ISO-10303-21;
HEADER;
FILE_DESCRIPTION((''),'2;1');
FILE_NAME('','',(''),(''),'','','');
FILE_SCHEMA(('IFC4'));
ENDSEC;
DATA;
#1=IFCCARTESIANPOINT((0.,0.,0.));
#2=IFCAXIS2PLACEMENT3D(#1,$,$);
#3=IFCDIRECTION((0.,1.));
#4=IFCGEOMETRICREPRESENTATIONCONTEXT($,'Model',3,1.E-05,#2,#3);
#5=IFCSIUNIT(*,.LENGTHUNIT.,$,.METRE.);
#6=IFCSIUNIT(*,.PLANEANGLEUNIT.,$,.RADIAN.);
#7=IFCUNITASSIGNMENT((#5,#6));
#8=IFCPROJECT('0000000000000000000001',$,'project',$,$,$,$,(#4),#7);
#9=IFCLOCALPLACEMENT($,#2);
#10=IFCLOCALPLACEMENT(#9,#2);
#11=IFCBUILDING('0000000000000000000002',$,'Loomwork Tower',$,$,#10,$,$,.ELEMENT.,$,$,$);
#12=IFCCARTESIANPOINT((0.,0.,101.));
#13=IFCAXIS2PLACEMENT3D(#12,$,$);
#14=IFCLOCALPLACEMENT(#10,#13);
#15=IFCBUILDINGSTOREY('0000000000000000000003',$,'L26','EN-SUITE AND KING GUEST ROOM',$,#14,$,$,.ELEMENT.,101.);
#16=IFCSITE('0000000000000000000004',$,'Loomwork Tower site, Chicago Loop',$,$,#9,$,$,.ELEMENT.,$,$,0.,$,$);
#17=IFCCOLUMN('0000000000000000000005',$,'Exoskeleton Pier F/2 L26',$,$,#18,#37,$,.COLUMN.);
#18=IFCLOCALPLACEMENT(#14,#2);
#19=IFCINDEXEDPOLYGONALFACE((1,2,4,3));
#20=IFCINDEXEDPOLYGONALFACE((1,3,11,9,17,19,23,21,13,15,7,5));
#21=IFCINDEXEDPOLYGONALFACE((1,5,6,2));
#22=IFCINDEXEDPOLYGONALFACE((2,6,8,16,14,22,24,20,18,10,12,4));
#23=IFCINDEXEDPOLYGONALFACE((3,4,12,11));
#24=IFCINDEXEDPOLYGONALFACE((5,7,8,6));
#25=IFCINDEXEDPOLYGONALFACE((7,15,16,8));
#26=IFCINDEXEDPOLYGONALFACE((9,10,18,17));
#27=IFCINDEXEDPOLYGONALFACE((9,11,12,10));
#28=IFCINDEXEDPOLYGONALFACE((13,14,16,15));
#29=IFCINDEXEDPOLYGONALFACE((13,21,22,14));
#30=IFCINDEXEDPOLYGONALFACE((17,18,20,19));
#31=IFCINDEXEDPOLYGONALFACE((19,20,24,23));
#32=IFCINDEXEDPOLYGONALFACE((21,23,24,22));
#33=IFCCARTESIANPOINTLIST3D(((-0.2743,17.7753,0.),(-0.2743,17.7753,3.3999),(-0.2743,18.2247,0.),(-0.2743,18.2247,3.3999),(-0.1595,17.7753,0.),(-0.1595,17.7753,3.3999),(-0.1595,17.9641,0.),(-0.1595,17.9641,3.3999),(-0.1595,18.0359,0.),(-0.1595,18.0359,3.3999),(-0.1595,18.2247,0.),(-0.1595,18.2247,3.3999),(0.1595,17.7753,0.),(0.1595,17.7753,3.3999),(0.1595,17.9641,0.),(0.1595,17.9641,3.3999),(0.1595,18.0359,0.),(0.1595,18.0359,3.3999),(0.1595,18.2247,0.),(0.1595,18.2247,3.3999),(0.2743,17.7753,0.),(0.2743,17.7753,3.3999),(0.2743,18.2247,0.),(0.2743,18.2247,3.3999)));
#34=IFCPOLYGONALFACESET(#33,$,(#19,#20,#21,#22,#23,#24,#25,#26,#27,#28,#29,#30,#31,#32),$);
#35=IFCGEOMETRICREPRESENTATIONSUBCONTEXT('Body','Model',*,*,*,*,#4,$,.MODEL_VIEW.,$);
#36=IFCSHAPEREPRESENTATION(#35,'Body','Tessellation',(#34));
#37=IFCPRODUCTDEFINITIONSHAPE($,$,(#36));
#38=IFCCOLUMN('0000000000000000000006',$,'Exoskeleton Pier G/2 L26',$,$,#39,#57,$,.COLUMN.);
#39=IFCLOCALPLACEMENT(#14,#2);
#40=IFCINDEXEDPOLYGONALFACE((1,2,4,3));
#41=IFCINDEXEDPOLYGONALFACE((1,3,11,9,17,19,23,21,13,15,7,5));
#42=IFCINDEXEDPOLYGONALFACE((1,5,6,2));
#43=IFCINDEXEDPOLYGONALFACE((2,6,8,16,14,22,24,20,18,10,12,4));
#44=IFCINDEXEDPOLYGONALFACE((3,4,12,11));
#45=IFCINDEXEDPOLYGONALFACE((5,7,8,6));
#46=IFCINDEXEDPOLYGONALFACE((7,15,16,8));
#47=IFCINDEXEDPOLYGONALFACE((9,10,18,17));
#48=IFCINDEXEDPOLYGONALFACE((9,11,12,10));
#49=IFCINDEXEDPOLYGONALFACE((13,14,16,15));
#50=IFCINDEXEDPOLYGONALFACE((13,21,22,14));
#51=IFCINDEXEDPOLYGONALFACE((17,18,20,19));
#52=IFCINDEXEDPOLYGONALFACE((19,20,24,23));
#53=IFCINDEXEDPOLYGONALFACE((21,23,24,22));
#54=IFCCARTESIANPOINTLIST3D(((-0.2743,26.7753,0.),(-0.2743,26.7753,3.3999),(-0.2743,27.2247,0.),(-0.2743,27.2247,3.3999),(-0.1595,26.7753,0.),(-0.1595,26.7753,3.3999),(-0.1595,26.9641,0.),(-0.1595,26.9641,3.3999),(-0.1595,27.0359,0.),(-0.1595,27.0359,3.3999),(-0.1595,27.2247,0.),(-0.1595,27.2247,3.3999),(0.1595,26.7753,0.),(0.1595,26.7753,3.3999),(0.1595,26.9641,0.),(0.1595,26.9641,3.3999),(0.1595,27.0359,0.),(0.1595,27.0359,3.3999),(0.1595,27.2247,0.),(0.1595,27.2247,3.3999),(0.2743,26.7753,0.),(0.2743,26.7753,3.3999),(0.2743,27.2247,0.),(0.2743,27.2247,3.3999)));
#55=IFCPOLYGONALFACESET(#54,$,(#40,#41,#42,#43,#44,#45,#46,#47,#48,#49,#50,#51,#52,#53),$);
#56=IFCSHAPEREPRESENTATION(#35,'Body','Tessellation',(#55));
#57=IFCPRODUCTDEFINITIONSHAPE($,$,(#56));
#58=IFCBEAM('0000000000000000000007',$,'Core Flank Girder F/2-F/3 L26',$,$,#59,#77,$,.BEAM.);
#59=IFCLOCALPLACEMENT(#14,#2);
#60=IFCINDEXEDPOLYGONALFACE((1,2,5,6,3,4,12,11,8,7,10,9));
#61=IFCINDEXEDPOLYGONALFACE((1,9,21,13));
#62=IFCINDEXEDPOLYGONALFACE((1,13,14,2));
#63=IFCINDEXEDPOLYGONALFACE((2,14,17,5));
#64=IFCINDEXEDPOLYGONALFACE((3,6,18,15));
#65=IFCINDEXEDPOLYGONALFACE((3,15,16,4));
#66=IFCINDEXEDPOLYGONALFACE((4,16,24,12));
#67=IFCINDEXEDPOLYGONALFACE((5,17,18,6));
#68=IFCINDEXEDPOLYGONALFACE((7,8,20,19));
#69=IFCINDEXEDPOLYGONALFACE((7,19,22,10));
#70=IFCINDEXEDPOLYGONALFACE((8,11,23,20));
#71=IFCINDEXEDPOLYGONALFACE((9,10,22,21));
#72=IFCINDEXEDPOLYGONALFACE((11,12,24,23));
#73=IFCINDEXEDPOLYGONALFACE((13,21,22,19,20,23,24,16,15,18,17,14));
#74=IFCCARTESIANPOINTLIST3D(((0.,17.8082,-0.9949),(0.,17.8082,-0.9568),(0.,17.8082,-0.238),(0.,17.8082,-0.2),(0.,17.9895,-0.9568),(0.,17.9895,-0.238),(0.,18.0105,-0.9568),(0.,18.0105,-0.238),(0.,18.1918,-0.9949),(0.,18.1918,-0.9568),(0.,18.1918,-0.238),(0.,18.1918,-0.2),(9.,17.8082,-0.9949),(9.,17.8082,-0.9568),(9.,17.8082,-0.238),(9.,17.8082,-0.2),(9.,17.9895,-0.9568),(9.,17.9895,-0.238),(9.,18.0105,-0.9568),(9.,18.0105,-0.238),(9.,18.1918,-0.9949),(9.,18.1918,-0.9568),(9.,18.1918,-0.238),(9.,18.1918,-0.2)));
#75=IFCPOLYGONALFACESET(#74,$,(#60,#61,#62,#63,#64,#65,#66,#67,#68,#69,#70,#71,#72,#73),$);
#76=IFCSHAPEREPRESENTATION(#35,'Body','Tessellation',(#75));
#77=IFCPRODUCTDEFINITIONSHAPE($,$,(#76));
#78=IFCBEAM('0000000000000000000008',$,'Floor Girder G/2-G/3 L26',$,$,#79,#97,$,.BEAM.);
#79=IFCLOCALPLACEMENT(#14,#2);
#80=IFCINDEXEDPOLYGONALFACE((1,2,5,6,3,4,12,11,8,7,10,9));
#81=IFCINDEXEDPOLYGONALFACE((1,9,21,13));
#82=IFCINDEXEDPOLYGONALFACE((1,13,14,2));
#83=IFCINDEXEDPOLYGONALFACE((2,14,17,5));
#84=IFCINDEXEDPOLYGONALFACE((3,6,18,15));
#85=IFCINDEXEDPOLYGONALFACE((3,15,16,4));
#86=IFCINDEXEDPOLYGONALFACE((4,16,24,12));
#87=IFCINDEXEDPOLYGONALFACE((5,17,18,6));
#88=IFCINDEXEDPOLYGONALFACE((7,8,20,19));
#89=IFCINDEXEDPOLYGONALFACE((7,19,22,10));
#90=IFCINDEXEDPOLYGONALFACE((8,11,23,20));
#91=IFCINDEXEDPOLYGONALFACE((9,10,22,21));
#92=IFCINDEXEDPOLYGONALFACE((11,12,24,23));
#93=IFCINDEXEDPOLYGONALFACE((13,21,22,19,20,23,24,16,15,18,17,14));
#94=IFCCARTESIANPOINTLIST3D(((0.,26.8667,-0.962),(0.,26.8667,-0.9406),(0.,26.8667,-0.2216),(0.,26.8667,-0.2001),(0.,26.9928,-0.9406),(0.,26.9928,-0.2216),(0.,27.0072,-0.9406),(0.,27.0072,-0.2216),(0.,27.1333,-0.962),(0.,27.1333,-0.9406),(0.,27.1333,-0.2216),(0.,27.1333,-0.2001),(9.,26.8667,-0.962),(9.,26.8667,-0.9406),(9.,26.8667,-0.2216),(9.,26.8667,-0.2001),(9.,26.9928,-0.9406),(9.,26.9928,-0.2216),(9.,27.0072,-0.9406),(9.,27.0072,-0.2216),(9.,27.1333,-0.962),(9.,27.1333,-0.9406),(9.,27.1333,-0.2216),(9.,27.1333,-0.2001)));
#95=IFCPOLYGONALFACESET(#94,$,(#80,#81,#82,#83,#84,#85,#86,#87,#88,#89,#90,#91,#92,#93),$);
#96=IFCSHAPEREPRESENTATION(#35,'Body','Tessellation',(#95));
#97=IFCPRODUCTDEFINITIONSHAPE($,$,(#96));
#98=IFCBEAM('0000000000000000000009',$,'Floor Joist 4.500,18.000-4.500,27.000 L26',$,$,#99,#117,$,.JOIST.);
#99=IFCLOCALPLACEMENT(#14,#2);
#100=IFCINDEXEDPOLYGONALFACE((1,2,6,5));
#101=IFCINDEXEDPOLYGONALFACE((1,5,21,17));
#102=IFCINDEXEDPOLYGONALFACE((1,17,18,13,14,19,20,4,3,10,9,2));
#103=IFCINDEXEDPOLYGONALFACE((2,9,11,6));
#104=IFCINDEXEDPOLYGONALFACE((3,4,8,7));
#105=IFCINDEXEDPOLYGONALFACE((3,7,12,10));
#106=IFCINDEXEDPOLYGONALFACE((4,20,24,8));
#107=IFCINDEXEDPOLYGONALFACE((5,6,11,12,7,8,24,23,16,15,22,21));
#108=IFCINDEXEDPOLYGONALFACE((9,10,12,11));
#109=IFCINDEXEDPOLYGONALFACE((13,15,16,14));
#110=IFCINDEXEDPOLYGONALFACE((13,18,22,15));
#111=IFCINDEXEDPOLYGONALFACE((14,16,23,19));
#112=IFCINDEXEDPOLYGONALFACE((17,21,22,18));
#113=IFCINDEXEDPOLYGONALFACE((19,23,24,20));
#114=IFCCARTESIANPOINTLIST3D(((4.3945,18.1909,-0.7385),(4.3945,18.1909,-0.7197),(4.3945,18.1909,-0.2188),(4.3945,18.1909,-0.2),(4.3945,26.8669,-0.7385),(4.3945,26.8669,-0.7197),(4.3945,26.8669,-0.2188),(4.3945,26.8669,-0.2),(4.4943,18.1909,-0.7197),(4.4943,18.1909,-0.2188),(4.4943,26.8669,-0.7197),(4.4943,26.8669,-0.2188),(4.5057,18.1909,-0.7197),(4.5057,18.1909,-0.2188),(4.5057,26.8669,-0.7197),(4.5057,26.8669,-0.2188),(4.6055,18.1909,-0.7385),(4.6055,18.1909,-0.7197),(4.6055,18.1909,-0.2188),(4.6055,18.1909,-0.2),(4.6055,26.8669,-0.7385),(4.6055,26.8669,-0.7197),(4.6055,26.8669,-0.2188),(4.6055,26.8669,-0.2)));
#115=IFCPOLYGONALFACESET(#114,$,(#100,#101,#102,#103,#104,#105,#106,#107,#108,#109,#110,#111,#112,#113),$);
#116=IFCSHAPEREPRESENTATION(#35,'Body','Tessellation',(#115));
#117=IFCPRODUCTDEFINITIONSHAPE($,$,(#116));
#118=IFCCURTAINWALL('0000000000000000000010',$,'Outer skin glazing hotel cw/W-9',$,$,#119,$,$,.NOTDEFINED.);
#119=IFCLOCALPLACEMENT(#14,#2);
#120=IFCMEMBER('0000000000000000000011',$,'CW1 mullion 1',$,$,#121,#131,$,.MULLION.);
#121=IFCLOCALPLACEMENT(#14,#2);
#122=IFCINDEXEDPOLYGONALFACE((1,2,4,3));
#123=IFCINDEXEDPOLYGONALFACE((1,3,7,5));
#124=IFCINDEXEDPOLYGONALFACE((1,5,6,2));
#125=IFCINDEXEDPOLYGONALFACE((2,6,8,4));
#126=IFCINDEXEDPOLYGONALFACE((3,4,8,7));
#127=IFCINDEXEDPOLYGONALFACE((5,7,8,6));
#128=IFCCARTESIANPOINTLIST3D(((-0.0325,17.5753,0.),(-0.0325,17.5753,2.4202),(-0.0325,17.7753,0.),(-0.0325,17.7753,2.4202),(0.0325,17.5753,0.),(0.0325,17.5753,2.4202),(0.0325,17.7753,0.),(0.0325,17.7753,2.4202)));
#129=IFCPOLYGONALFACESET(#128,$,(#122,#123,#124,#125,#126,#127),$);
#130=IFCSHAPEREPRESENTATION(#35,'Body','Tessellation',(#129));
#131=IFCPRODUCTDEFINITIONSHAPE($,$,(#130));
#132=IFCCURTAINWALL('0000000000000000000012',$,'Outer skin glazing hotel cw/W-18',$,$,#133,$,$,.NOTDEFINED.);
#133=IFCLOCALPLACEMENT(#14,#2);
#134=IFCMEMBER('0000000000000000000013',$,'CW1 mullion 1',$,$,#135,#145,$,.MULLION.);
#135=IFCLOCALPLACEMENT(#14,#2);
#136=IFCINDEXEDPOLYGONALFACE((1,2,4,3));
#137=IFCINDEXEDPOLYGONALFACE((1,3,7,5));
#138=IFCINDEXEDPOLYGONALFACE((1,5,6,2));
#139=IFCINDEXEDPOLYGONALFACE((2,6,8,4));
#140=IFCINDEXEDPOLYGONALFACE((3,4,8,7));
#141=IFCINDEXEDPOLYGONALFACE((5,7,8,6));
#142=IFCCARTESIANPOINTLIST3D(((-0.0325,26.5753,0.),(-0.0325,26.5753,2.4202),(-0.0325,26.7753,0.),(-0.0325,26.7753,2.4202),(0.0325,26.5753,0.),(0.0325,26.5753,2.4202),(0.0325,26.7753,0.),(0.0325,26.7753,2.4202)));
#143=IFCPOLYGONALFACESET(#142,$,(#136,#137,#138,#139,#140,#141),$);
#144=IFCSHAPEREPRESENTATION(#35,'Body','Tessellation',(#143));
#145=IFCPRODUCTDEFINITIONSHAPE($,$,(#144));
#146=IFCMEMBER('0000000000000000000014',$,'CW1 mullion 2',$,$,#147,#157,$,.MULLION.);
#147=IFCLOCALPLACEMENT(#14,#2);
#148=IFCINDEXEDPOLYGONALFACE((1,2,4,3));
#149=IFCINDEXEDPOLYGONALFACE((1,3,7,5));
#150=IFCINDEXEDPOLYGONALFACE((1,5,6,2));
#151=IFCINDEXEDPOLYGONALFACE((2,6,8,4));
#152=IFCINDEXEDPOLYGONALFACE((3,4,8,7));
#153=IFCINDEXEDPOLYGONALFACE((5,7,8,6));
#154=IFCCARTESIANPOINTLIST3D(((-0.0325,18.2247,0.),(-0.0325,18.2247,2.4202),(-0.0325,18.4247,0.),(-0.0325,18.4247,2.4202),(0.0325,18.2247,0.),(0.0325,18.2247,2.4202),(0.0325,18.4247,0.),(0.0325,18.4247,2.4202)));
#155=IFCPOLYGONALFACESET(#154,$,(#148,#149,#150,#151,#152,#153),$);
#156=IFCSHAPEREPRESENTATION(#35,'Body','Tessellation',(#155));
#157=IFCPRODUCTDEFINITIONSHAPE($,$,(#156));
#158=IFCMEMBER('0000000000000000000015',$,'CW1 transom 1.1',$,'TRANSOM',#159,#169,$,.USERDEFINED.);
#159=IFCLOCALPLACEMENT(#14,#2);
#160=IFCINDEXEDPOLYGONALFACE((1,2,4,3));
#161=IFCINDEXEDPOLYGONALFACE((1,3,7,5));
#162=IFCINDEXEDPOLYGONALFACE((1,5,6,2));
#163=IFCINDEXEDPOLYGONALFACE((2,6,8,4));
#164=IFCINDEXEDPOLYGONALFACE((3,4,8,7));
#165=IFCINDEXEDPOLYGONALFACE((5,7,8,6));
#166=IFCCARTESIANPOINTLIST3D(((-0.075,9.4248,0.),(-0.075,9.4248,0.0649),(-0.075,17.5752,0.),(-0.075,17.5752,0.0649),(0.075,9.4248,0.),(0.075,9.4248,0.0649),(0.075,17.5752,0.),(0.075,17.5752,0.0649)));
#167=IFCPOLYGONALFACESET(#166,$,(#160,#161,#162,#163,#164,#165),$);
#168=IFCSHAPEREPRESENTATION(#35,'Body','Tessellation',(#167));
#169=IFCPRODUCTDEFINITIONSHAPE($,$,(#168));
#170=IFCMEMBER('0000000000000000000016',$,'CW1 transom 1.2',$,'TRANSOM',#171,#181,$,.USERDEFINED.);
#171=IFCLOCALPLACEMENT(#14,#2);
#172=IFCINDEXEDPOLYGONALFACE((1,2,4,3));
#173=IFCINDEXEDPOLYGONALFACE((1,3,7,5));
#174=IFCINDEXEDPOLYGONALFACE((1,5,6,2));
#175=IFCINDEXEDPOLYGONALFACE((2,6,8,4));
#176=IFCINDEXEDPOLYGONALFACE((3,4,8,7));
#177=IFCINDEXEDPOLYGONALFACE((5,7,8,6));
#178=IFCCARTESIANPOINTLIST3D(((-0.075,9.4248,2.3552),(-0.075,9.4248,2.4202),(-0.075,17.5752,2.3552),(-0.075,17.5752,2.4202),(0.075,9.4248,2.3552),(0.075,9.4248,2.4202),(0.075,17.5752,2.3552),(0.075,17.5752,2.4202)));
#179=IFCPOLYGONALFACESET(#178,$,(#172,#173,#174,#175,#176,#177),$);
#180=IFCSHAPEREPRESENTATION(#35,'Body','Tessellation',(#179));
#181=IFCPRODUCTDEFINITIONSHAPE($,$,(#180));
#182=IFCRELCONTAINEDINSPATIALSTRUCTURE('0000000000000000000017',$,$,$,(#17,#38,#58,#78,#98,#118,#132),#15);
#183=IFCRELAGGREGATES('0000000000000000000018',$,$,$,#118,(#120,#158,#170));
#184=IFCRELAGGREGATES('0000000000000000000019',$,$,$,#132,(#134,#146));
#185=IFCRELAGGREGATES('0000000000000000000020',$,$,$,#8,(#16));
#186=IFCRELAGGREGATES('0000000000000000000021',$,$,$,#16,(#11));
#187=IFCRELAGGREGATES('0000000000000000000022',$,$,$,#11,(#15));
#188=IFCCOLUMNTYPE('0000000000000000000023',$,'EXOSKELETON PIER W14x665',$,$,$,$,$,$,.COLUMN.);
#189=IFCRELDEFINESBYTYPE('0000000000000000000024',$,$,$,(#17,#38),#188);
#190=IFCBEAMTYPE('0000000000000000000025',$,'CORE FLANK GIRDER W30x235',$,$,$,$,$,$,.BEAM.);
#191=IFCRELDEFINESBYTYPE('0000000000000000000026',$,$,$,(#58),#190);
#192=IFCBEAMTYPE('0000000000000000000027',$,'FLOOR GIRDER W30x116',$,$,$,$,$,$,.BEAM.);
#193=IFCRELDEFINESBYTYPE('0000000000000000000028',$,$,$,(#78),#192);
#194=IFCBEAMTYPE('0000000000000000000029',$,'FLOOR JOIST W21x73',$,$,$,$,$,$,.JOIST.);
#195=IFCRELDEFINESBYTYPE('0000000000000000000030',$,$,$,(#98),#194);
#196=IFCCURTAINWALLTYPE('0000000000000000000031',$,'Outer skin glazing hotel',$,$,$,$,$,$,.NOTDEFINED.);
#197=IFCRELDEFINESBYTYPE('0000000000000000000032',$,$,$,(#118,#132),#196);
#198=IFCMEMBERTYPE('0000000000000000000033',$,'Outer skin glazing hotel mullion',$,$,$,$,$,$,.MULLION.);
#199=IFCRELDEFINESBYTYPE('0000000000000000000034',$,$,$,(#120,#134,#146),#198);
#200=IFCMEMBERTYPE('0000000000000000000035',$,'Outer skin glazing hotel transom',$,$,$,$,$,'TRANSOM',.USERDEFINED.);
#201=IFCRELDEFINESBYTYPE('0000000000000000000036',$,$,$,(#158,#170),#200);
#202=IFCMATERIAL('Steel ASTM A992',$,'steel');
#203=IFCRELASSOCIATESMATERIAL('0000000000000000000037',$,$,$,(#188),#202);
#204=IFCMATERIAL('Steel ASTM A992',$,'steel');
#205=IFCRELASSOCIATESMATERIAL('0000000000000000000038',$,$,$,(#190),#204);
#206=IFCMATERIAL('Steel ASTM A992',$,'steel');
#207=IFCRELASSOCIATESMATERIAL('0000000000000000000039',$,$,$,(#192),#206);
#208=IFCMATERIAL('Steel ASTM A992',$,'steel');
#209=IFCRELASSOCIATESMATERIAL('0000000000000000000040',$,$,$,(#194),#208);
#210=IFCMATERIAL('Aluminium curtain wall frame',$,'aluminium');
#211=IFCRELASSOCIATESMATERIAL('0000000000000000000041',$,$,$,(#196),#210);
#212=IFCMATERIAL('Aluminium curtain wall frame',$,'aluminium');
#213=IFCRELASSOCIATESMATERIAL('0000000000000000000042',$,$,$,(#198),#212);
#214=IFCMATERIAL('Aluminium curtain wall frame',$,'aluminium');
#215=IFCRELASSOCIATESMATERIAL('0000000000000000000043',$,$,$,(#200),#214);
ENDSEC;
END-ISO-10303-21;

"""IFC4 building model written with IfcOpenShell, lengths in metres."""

from ifc_helpers import new_model, si_unit, direction, frame, origin, origin_2d, place, context, subcontext, project, spatial, rectangle, i_section, extrude, material, material_profile, profile_set, type_object, element, aggregate, save


model = new_model("IFC4")

# Units and contexts
model_context = context("Model", 3, precision=1e-05, world=origin(), true_north=direction((0.0, 1.0)))
body_context = subcontext(model_context, "Body", "Model", "MODEL_VIEW")
ifc_project = project(units=[si_unit("LENGTHUNIT", "METRE"), si_unit("PLANEANGLEUNIT", "RADIAN")], contexts=[model_context])

# Site, building, storey
site_placement = place(None, origin())
site = spatial("IfcSite", under=ifc_project, at=site_placement, Name="Loomwork Tower site, Chicago Loop", CompositionType="ELEMENT", RefElevation=0.0)
building_placement = place(site_placement, origin())
building = spatial("IfcBuilding", under=site, at=building_placement, Name="Loomwork Tower", CompositionType="ELEMENT")
storey_placement = place(building_placement, frame((0.0, 0.0, 101.0)))
storey = spatial("IfcBuildingStorey", under=building, at=storey_placement, Name="L26", Description="EN-SUITE AND KING GUEST ROOM", CompositionType="ELEMENT", Elevation=101.0)

# Columns
ifc_material_1 = material(Name="Steel ASTM A992", Category="steel")
ifc_material_profile_1 = material_profile(ifc_material_1, i_section(OverallWidth=0.4495, OverallDepth=0.5486, WebThickness=0.0718, FlangeThickness=0.1147, at=origin_2d()), Name="W14x665")
ifc_profile_set_1 = profile_set([ifc_material_profile_1], Name="Steel ASTM A992")
column_type = type_object("IfcColumnType", Name="EXOSKELETON PIER W14x665", PredefinedType="COLUMN", material=ifc_profile_set_1)
for number, where, z_axis, x_axis, name in (
    (1, (0.0, 18.0, 0.0), (0.0, 0.0, 1.0), (0.0, 1.0, 0.0), "Exoskeleton Pier F/2 L26"),
    (2, (0.0, 27.0, 0.0), (0.0, 0.0, 1.0), (0.0, 1.0, 0.0), "Exoskeleton Pier G/2 L26"),
):
    element("IfcColumn", number, at=place(storey_placement, frame(where, z_axis=z_axis, x_axis=x_axis)), inside=storey, type_object=column_type, Name=name, PredefinedType="COLUMN", context=body_context, shape_type="SweptSolid", body=[
        extrude(i_section(OverallWidth=0.4495, OverallDepth=0.5486, WebThickness=0.0718, FlangeThickness=0.1147, at=origin_2d()), origin(), (0.0, 0.0, 1.0), 3.3999),
    ])

# Beams
ifc_material_2 = material(Name="Steel ASTM A992", Category="steel")
ifc_material_profile_2 = material_profile(ifc_material_2, i_section(OverallWidth=0.3835, OverallDepth=0.7949, WebThickness=0.021, FlangeThickness=0.0381, at=origin_2d()), Name="W30x235")
ifc_profile_set_2 = profile_set([ifc_material_profile_2], Name="Steel ASTM A992")
beam_type_1 = type_object("IfcBeamType", Name="CORE FLANK GIRDER W30x235", PredefinedType="BEAM", material=ifc_profile_set_2)
beam_1_placement = place(storey_placement, frame((0.0, 18.0, -0.5974), z_axis=(1.0, 0.0, 0.0), x_axis=(0.0, 1.0, 0.0)))
element("IfcBeam", 3, at=beam_1_placement, inside=storey, type_object=beam_type_1, Name="Core Flank Girder F/2-F/3 L26", PredefinedType="BEAM", context=body_context, shape_type="SweptSolid", body=[
    extrude(i_section(OverallWidth=0.3835, OverallDepth=0.7949, WebThickness=0.021, FlangeThickness=0.0381, at=origin_2d()), origin(), (0.0, 0.0, 1.0), 9.0),
])
ifc_material_3 = material(Name="Steel ASTM A992", Category="steel")
ifc_material_profile_3 = material_profile(ifc_material_3, i_section(OverallWidth=0.2666, OverallDepth=0.762, WebThickness=0.0144, FlangeThickness=0.0215, at=origin_2d()), Name="W30x116")
ifc_profile_set_3 = profile_set([ifc_material_profile_3], Name="Steel ASTM A992")
beam_type_2 = type_object("IfcBeamType", Name="FLOOR GIRDER W30x116", PredefinedType="BEAM", material=ifc_profile_set_3)
beam_2_placement = place(storey_placement, frame((0.0, 27.0, -0.5811), z_axis=(1.0, 0.0, 0.0), x_axis=(0.0, 1.0, 0.0)))
element("IfcBeam", 4, at=beam_2_placement, inside=storey, type_object=beam_type_2, Name="Floor Girder G/2-G/3 L26", PredefinedType="BEAM", context=body_context, shape_type="SweptSolid", body=[
    extrude(i_section(OverallWidth=0.2666, OverallDepth=0.762, WebThickness=0.0144, FlangeThickness=0.0215, at=origin_2d()), origin(), (0.0, 0.0, 1.0), 9.0),
])
ifc_material_4 = material(Name="Steel ASTM A992", Category="steel")
ifc_material_profile_4 = material_profile(ifc_material_4, i_section(OverallWidth=0.2109, OverallDepth=0.5386, WebThickness=0.0115, FlangeThickness=0.0188, at=origin_2d()), Name="W21x73")
ifc_profile_set_4 = profile_set([ifc_material_profile_4], Name="Steel ASTM A992")
beam_type_3 = type_object("IfcBeamType", Name="FLOOR JOIST W21x73", PredefinedType="JOIST", material=ifc_profile_set_4)
beam_3_placement = place(storey_placement, frame((4.5, 18.1909, -0.4692), z_axis=(0.0, 1.0, 0.0), x_axis=(-1.0, 0.0, 0.0)))
element("IfcBeam", 5, at=beam_3_placement, inside=storey, type_object=beam_type_3, Name="Floor Joist 4.500,18.000-4.500,27.000 L26", PredefinedType="JOIST", context=body_context, shape_type="SweptSolid", body=[
    extrude(i_section(OverallWidth=0.2109, OverallDepth=0.5386, WebThickness=0.0115, FlangeThickness=0.0188, at=origin_2d()), origin(), (0.0, 0.0, 1.0), 8.676),
])

# Curtain wall, member
ifc_material_5 = material(Name="Aluminium curtain wall frame", Category="aluminium")
curtain_wall_type = type_object("IfcCurtainWallType", Name="Outer skin glazing hotel", PredefinedType="NOTDEFINED", material=ifc_material_5)
curtain_wall_1_placement = place(storey_placement, origin())
curtain_wall_1 = element("IfcCurtainWall", 6, at=curtain_wall_1_placement, inside=storey, type_object=curtain_wall_type, Name="Outer skin glazing hotel cw/W-9", PredefinedType="NOTDEFINED")
ifc_material_6 = material(Name="Aluminium curtain wall frame", Category="aluminium")
ifc_material_profile_5 = material_profile(ifc_material_6, rectangle(XDim=0.0649, YDim=0.2, at=origin_2d()), Name="AL 65x200")
ifc_profile_set_5 = profile_set([ifc_material_profile_5], Name="Aluminium curtain wall frame")
member_type_1 = type_object("IfcMemberType", Name="Outer skin glazing hotel mullion", PredefinedType="MULLION", material=ifc_profile_set_5)
member_1_placement = place(storey_placement, frame((0.0, 17.6753, 0.0), z_axis=(0.0, 0.0, 1.0), x_axis=(1.0, 0.0, 0.0)))
member_1 = element("IfcMember", 7, at=member_1_placement, type_object=member_type_1, Name="CW1 mullion 1", PredefinedType="MULLION", context=body_context, shape_type="SweptSolid", body=[
    extrude(rectangle(XDim=0.0649, YDim=0.2, at=origin_2d()), origin(), (0.0, 0.0, 1.0), 2.4202),
])

# Curtain wall, members
curtain_wall_2_placement = place(storey_placement, origin())
curtain_wall_2 = element("IfcCurtainWall", 8, at=curtain_wall_2_placement, inside=storey, type_object=curtain_wall_type, Name="Outer skin glazing hotel cw/W-18", PredefinedType="NOTDEFINED")
member_2_placement = place(storey_placement, frame((0.0, 26.6753, 0.0), z_axis=(0.0, 0.0, 1.0), x_axis=(1.0, 0.0, 0.0)))
member_2 = element("IfcMember", 9, at=member_2_placement, type_object=member_type_1, Name="CW1 mullion 1", PredefinedType="MULLION", context=body_context, shape_type="SweptSolid", body=[
    extrude(rectangle(XDim=0.0649, YDim=0.2, at=origin_2d()), origin(), (0.0, 0.0, 1.0), 2.4202),
])
member_3_placement = place(storey_placement, frame((0.0, 18.3247, 0.0), z_axis=(0.0, 0.0, 1.0), x_axis=(1.0, 0.0, 0.0)))
member_3 = element("IfcMember", 10, at=member_3_placement, type_object=member_type_1, Name="CW1 mullion 2", PredefinedType="MULLION", context=body_context, shape_type="SweptSolid", body=[
    extrude(rectangle(XDim=0.0649, YDim=0.2, at=origin_2d()), origin(), (0.0, 0.0, 1.0), 2.4202),
])

# Members
ifc_material_7 = material(Name="Aluminium curtain wall frame", Category="aluminium")
ifc_material_profile_6 = material_profile(ifc_material_7, rectangle(XDim=0.1499, YDim=0.0649, at=origin_2d()), Name="AL 65x150")
ifc_profile_set_6 = profile_set([ifc_material_profile_6], Name="Aluminium curtain wall frame")
member_type_2 = type_object("IfcMemberType", Name="Outer skin glazing hotel transom", ElementType="TRANSOM", PredefinedType="USERDEFINED", material=ifc_profile_set_6)
member_4_placement = place(storey_placement, frame((0.0, 17.5752, 0.0325), z_axis=(0.0, -1.0, 0.0), x_axis=(1.0, 0.0, 0.0)))
member_4 = element("IfcMember", 11, at=member_4_placement, type_object=member_type_2, Name="CW1 transom 1.1", ObjectType="TRANSOM", PredefinedType="USERDEFINED", context=body_context, shape_type="SweptSolid", body=[
    extrude(rectangle(XDim=0.1499, YDim=0.0649, at=origin_2d()), origin(), (0.0, 0.0, 1.0), 8.1504),
])
member_5_placement = place(storey_placement, frame((0.0, 17.5752, 2.3877), z_axis=(0.0, -1.0, 0.0), x_axis=(1.0, 0.0, 0.0)))
member_5 = element("IfcMember", 12, at=member_5_placement, type_object=member_type_2, Name="CW1 transom 1.2", ObjectType="TRANSOM", PredefinedType="USERDEFINED", context=body_context, shape_type="SweptSolid", body=[
    extrude(rectangle(XDim=0.1499, YDim=0.0649, at=origin_2d()), origin(), (0.0, 0.0, 1.0), 8.1504),
])
aggregate(curtain_wall_1, [member_1, member_4, member_5])

aggregate(curtain_wall_2, [member_2, member_3])

save(model, "model.ifc")
